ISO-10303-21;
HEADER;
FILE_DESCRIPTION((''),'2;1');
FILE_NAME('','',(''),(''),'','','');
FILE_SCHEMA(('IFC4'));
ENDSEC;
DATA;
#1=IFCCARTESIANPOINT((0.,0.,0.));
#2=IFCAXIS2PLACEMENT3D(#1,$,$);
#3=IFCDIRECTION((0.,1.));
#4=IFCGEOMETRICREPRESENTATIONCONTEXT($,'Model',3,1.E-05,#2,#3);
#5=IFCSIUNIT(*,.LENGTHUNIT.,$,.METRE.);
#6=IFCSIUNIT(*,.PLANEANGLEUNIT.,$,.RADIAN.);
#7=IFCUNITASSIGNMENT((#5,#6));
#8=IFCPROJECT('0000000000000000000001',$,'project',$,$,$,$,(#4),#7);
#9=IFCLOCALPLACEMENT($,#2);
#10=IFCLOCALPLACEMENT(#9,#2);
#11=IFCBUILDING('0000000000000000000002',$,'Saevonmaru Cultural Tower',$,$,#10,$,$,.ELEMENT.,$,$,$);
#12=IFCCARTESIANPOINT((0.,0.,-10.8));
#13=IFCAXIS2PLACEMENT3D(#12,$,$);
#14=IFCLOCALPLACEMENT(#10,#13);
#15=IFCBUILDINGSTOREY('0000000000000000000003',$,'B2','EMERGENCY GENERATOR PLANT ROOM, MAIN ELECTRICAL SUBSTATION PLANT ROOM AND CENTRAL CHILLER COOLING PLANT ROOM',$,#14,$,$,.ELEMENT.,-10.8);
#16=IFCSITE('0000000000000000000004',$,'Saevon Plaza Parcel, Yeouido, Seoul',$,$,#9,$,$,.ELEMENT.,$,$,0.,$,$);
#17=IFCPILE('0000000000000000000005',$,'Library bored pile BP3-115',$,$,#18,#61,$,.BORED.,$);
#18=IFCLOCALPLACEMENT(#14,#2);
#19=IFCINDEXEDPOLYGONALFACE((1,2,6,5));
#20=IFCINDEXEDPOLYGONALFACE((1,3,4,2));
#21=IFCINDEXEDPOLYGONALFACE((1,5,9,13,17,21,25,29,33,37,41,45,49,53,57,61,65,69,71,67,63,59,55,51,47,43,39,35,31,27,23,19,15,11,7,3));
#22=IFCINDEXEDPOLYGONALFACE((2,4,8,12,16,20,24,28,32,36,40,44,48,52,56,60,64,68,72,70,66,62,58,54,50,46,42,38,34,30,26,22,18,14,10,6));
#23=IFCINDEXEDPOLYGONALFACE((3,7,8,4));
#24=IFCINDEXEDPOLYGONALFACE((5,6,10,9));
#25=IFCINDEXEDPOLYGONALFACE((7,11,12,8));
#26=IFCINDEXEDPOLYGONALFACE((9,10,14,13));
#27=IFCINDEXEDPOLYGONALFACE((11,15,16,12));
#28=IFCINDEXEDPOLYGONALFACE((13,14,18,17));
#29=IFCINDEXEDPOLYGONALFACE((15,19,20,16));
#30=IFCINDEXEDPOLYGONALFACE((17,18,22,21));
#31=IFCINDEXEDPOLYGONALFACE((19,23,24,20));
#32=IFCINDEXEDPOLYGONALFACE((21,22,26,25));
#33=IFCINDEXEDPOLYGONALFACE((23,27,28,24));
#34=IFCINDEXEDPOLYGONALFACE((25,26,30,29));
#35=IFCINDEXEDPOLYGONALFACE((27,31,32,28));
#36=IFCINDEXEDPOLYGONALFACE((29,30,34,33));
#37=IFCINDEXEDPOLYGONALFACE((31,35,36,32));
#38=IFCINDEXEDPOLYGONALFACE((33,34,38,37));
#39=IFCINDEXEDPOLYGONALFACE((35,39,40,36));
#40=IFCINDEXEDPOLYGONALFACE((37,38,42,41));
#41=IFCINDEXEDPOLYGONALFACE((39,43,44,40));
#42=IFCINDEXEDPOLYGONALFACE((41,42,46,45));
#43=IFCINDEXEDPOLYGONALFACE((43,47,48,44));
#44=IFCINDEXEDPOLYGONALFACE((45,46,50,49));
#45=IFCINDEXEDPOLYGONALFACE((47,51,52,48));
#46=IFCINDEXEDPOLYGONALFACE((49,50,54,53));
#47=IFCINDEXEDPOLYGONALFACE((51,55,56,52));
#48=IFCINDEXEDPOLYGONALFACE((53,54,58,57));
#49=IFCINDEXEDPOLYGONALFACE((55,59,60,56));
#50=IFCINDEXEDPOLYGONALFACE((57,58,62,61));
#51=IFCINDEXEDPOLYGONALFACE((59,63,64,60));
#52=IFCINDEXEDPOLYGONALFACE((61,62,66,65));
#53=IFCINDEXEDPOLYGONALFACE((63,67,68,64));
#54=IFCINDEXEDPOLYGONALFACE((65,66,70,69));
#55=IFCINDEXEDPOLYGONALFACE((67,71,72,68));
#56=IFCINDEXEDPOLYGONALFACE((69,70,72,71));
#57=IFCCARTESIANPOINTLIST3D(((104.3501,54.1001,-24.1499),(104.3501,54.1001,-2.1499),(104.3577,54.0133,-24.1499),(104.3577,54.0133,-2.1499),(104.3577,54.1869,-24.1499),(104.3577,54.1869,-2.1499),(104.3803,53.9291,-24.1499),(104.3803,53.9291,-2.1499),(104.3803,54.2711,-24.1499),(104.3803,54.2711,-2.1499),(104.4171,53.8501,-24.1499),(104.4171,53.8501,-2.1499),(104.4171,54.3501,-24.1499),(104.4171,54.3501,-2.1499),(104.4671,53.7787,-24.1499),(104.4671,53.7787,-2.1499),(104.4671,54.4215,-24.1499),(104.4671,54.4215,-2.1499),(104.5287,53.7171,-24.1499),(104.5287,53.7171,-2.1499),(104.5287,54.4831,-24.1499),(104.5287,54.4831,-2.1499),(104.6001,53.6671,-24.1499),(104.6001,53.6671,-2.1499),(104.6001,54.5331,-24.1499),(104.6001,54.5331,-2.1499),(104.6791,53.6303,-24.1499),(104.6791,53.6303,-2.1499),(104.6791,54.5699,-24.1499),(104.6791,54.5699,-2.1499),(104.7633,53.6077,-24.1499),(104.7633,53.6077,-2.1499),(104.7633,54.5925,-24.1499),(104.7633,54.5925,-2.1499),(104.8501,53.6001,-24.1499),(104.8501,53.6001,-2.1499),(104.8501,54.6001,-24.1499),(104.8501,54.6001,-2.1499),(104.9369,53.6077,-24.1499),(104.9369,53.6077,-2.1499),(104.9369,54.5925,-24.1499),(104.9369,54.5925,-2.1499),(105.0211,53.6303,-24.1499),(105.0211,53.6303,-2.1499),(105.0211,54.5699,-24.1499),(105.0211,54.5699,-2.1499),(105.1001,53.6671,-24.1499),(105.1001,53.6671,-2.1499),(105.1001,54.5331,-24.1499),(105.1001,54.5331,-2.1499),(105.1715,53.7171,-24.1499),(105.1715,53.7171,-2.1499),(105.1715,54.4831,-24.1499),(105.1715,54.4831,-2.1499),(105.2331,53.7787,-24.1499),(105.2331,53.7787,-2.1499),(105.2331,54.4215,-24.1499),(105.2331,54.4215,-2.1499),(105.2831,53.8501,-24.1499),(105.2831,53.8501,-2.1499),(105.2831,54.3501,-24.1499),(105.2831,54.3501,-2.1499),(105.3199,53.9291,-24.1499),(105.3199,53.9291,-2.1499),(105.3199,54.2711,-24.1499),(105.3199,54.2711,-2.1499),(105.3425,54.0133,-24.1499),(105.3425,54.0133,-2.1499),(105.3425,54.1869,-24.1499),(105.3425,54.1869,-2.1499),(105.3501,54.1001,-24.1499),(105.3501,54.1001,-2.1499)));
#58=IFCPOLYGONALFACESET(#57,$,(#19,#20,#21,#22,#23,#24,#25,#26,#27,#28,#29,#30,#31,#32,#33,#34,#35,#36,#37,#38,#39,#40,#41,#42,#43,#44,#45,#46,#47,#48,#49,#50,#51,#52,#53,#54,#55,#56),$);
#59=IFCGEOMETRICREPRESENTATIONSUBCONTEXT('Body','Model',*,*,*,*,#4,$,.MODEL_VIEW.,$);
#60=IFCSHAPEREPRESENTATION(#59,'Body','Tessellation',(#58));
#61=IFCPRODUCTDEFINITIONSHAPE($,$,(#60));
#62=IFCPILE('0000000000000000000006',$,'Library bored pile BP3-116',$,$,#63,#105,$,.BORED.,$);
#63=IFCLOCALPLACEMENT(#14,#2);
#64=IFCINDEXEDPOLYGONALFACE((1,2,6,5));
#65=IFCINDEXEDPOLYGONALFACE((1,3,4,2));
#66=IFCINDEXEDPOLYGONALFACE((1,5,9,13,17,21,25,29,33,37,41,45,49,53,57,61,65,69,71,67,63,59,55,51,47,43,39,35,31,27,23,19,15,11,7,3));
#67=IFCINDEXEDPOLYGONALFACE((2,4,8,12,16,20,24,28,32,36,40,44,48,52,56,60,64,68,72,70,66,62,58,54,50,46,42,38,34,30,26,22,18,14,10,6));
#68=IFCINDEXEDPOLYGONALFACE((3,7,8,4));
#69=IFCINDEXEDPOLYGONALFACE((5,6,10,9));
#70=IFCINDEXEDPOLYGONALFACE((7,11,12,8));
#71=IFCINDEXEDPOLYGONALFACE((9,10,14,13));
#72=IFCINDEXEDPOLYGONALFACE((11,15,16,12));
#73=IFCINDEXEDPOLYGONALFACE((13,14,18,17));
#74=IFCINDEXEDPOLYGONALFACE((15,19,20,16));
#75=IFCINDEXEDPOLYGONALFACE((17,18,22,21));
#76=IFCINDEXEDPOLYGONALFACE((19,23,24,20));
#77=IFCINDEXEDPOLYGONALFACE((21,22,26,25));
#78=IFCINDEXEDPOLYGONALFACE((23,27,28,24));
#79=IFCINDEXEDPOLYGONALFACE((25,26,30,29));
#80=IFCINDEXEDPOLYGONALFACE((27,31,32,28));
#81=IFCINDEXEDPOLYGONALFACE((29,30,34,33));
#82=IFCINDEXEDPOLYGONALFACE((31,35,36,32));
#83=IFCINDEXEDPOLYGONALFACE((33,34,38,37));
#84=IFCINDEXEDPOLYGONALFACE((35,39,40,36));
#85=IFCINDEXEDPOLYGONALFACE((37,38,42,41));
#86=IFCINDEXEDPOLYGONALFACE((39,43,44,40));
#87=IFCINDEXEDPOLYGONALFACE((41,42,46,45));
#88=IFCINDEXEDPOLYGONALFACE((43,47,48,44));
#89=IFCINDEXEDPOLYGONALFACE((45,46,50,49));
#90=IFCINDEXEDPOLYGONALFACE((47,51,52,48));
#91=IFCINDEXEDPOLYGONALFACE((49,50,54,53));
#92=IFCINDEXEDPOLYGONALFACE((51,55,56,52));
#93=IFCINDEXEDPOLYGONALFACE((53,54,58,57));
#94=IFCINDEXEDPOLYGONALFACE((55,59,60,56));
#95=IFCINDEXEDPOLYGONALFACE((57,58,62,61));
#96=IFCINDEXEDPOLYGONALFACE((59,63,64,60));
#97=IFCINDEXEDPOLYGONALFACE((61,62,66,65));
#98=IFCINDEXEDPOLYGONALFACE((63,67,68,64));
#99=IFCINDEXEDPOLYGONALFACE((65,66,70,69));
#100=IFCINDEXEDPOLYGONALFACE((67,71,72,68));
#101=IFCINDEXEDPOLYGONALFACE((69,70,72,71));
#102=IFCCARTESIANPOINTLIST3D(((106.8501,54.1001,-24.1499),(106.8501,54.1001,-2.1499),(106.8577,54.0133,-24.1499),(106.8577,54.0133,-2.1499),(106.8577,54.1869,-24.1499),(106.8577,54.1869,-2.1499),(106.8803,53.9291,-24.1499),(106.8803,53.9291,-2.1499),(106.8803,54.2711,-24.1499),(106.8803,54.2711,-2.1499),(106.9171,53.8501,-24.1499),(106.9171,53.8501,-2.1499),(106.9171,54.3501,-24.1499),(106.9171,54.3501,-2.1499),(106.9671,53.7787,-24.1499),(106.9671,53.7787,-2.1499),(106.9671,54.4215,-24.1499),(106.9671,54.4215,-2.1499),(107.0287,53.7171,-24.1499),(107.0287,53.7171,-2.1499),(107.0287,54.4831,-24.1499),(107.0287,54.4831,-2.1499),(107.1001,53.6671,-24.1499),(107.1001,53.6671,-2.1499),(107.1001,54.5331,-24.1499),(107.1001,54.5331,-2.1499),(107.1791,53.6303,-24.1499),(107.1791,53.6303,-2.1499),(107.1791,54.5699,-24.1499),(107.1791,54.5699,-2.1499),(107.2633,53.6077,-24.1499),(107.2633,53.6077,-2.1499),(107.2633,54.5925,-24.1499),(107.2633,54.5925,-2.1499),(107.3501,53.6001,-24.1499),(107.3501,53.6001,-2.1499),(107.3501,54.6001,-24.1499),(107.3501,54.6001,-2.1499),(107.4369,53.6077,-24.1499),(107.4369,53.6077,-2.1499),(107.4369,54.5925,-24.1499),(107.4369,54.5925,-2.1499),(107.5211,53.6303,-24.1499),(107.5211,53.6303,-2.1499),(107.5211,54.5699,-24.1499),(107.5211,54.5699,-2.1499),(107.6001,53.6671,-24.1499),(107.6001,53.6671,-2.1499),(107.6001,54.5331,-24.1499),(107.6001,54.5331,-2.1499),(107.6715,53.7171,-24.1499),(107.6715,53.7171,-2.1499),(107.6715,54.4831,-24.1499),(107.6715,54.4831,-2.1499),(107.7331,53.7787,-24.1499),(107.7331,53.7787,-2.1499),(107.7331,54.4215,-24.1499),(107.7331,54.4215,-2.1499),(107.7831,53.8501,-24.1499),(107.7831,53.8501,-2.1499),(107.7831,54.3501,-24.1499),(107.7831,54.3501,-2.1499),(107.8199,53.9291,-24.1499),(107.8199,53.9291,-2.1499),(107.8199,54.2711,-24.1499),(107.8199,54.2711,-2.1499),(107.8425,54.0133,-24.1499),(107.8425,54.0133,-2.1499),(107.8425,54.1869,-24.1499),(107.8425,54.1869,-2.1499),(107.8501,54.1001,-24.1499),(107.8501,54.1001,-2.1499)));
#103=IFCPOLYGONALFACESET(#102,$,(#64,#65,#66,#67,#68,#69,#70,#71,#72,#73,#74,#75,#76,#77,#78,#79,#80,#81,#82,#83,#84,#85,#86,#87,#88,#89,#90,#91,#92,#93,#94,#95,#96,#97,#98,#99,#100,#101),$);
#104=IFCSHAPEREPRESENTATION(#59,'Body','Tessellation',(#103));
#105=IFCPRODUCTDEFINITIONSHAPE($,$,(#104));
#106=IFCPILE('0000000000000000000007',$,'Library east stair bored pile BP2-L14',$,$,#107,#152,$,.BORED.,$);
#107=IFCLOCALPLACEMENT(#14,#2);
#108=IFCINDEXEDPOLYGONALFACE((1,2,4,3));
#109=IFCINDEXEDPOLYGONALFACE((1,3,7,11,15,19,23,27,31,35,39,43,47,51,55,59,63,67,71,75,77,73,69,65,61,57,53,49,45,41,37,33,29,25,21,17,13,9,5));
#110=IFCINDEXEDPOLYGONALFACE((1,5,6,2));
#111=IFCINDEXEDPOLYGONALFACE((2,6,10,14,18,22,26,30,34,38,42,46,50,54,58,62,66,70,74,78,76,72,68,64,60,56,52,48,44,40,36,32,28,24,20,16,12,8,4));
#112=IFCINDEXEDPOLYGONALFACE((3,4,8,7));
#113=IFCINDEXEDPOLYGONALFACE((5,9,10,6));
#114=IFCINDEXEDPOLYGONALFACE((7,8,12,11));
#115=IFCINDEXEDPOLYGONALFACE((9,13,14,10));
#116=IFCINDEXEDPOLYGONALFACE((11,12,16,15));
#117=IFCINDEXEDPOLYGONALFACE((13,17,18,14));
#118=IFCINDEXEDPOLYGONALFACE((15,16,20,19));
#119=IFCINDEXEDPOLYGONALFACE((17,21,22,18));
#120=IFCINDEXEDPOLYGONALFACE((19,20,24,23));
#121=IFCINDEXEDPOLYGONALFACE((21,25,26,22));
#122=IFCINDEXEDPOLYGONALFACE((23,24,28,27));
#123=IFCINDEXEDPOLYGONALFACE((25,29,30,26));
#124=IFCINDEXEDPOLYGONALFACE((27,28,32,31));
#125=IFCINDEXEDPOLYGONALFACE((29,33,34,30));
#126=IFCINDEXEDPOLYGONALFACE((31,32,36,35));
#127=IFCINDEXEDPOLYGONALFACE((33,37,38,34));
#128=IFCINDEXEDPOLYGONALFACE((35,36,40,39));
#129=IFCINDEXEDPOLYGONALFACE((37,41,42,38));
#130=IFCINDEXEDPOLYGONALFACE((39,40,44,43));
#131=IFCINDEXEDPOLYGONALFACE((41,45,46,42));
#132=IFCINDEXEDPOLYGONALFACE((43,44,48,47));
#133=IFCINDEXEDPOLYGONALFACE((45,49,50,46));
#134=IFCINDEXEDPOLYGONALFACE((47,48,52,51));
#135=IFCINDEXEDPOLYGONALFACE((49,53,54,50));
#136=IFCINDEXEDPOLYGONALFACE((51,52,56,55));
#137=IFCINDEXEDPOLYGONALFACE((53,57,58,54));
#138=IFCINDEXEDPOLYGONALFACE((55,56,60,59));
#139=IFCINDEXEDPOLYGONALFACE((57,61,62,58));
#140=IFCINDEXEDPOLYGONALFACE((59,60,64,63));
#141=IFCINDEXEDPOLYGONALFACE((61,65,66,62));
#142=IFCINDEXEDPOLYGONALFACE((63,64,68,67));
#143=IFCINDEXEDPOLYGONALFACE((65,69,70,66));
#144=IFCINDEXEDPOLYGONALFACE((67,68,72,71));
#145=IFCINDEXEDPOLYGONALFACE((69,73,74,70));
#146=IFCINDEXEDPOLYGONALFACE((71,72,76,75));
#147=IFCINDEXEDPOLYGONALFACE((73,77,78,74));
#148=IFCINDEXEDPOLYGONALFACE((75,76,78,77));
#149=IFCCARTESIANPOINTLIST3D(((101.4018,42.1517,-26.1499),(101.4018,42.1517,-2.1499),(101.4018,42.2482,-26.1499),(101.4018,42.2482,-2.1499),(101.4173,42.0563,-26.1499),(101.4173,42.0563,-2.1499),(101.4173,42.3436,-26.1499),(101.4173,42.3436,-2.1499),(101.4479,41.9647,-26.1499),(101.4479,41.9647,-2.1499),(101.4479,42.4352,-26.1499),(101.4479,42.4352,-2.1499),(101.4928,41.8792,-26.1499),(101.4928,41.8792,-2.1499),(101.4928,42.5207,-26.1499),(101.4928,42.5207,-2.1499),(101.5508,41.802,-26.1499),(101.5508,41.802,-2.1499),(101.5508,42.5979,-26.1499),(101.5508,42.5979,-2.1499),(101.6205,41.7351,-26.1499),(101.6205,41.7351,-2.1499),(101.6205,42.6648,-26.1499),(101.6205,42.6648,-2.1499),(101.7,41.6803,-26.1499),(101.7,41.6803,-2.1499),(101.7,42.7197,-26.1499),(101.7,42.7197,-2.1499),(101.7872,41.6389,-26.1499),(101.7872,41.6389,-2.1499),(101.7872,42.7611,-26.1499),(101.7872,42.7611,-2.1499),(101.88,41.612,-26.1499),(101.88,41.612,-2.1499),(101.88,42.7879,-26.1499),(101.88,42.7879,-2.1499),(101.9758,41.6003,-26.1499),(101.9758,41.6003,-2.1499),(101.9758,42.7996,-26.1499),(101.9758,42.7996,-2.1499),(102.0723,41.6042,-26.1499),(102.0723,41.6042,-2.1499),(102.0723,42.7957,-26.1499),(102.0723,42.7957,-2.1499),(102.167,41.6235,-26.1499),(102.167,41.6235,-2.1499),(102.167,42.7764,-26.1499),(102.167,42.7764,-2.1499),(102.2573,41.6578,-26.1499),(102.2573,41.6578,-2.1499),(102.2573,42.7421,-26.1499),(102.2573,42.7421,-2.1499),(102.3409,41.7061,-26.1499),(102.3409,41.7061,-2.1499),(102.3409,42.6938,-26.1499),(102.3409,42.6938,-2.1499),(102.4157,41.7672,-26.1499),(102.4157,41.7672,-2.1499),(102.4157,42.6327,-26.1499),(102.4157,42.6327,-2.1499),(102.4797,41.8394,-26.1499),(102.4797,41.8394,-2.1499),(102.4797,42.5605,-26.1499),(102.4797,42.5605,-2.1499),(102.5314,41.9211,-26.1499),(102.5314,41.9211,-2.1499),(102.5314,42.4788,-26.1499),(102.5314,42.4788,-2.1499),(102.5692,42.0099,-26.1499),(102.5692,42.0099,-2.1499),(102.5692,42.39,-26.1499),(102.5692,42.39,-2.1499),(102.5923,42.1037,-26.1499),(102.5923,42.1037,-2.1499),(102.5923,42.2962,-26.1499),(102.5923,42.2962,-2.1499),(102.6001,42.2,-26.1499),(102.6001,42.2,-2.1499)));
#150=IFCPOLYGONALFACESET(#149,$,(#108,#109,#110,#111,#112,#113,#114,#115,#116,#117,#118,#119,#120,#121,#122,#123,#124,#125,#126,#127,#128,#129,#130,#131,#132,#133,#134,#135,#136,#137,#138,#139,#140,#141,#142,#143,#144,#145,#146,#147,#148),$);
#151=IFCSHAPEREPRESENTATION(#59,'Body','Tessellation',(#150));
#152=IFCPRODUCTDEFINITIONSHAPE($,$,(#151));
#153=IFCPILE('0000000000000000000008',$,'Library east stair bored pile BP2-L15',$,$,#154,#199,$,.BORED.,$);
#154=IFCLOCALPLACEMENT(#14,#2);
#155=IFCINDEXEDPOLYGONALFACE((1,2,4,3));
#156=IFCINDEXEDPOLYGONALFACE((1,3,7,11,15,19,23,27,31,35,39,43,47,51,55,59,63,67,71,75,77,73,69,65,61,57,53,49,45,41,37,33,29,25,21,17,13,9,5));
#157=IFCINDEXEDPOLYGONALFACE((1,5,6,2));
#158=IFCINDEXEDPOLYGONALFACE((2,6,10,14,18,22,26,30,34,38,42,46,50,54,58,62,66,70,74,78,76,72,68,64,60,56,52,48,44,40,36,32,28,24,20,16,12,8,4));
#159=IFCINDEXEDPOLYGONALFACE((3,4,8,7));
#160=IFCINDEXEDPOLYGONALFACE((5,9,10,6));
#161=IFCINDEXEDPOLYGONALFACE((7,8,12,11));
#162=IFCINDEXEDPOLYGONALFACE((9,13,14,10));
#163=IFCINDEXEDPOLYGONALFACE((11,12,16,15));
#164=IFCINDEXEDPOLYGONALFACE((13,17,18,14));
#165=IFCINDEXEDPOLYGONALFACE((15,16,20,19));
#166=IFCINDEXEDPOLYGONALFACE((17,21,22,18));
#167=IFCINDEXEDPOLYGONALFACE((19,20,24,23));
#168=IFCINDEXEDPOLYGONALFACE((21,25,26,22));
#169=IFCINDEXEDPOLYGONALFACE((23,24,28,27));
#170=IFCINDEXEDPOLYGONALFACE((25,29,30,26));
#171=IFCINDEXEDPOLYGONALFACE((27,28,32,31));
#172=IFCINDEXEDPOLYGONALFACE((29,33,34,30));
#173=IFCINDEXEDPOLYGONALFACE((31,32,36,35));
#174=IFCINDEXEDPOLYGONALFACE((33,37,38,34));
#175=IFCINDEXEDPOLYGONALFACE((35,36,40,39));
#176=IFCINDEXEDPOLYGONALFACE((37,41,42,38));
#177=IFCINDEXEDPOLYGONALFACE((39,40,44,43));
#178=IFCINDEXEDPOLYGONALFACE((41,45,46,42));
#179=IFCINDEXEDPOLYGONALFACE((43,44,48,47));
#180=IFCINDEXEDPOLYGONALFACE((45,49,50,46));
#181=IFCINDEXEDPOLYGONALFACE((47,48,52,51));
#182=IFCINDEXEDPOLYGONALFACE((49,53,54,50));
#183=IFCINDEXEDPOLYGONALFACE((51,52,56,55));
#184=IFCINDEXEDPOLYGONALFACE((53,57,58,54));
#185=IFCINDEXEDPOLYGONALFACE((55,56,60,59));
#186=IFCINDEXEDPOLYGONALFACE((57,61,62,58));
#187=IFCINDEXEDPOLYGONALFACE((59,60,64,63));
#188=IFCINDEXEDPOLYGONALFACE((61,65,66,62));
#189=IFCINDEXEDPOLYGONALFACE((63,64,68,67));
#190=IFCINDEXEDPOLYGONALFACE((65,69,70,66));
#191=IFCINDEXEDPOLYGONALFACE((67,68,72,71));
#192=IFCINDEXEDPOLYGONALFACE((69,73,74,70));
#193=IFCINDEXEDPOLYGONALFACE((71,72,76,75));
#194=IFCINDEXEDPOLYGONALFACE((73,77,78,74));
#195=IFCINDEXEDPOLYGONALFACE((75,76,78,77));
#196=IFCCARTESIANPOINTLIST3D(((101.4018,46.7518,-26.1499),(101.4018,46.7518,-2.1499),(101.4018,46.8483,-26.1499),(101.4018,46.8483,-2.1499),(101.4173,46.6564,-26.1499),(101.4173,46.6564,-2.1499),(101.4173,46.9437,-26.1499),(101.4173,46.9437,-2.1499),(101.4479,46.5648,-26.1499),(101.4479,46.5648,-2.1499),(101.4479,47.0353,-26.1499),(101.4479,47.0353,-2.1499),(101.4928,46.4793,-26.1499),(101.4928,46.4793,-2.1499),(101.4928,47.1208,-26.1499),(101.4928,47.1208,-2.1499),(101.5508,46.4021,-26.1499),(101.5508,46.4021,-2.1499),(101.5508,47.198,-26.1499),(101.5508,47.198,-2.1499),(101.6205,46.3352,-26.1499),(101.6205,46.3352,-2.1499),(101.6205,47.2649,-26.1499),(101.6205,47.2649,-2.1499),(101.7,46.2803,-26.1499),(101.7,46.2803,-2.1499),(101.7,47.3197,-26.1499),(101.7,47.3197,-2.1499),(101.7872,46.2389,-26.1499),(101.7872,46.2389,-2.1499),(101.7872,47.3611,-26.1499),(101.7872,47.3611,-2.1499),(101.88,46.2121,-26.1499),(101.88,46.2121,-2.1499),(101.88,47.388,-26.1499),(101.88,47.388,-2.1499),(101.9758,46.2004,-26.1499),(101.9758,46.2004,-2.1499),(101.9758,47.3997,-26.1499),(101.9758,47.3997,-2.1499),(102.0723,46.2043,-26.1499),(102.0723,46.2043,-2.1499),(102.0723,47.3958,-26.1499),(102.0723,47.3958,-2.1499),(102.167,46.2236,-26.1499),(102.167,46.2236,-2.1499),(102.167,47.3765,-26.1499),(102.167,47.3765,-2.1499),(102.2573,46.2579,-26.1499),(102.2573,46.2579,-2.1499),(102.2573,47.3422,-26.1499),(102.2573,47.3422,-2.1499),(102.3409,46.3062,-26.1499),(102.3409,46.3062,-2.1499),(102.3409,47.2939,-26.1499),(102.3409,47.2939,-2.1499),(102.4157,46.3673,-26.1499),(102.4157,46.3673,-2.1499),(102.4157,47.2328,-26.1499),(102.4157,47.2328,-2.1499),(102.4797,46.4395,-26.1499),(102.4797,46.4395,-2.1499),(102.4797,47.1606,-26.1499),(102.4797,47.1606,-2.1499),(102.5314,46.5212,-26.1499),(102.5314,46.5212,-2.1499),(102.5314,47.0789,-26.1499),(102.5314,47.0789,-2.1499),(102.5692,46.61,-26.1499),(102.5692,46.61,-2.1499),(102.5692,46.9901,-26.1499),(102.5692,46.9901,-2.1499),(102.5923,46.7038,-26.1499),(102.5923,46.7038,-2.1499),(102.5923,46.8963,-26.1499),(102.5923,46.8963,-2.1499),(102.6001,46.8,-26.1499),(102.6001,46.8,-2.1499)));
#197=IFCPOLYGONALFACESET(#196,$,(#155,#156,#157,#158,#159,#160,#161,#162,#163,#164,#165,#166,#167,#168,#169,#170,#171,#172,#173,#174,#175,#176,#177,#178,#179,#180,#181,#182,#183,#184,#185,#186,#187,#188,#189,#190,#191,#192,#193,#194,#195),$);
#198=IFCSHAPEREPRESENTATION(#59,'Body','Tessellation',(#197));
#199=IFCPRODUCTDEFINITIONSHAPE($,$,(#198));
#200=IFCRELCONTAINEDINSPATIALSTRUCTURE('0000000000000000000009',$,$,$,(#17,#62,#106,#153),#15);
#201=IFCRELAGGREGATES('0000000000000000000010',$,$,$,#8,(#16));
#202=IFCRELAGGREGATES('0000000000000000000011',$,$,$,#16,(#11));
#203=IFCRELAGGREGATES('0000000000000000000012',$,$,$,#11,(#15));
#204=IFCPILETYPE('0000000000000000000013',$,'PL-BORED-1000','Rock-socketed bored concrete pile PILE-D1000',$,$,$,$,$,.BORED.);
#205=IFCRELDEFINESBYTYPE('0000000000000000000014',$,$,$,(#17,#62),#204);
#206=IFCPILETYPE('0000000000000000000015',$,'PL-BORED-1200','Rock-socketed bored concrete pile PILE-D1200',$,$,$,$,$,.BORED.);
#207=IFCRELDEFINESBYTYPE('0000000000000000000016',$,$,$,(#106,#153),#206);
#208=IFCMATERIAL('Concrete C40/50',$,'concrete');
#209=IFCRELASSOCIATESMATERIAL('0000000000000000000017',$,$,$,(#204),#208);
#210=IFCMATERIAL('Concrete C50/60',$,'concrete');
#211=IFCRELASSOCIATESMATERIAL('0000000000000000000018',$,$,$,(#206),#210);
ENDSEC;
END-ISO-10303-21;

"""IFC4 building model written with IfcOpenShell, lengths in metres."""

from ifc_helpers import new_model, si_unit, direction, frame, origin, origin_2d, place, context, subcontext, project, spatial, circle, extrude, material, material_profile, profile_set, type_object, element, save


model = new_model("IFC4")

# Units and contexts
model_context = context("Model", 3, precision=1e-05, world=origin(), true_north=direction((0.0, 1.0)))
body_context = subcontext(model_context, "Body", "Model", "MODEL_VIEW")
ifc_project = project(units=[si_unit("LENGTHUNIT", "METRE"), si_unit("PLANEANGLEUNIT", "RADIAN")], contexts=[model_context])

# Site, building, storey
site_placement = place(None, origin())
site = spatial("IfcSite", under=ifc_project, at=site_placement, Name="Saevon Plaza Parcel, Yeouido, Seoul", CompositionType="ELEMENT", RefElevation=0.0)
building_placement = place(site_placement, origin())
building = spatial("IfcBuilding", under=site, at=building_placement, Name="Saevonmaru Cultural Tower", CompositionType="ELEMENT")
storey_placement = place(building_placement, frame((0.0, 0.0, -10.8)))
storey = spatial("IfcBuildingStorey", under=building, at=storey_placement, Name="B2", Description="EMERGENCY GENERATOR PLANT ROOM, MAIN ELECTRICAL SUBSTATION PLANT ROOM AND CENTRAL CHILLER COOLING PLANT ROOM", CompositionType="ELEMENT", Elevation=-10.8)

# Shared definitions
ifc_material_1 = material(Name="Concrete C50/60", Category="concrete")

# Piles
ifc_material_2 = material(Name="Concrete C40/50", Category="concrete")
ifc_material_profile_1 = material_profile(ifc_material_2, circle(Radius=0.5, at=origin_2d()), Name="PILE-D1000")
ifc_profile_set_1 = profile_set([ifc_material_profile_1], Name="Concrete C40/50")
pile_type_1 = type_object("IfcPileType", Name="PL-BORED-1000", Description="Rock-socketed bored concrete pile PILE-D1000", PredefinedType="BORED", material=ifc_profile_set_1)
for number, where, z_axis, x_axis, name in (
    (1, (104.8501, 54.1001, -2.1499), (0.0, 0.0, -1.0), (1.0, 0.0, 0.0), "Library bored pile BP3-115"),
    (2, (107.3501, 54.1001, -2.1499), (0.0, 0.0, -1.0), (1.0, 0.0, 0.0), "Library bored pile BP3-116"),
):
    element("IfcPile", number, at=place(storey_placement, frame(where, z_axis=z_axis, x_axis=x_axis)), inside=storey, type_object=pile_type_1, Name=name, PredefinedType="BORED", context=body_context, shape_type="SweptSolid", body=[
        extrude(circle(Radius=0.5, at=origin_2d()), origin(), (0.0, 0.0, 1.0), 22.0),
    ])
ifc_material_profile_2 = material_profile(ifc_material_1, circle(Radius=0.6001, at=origin_2d()), Name="PILE-D1200")
ifc_profile_set_2 = profile_set([ifc_material_profile_2], Name="Concrete C50/60")
pile_type_2 = type_object("IfcPileType", Name="PL-BORED-1200", Description="Rock-socketed bored concrete pile PILE-D1200", PredefinedType="BORED", material=ifc_profile_set_2)
for number, where, z_axis, x_axis, name in (
    (3, (102.0, 42.2, -2.1499), (0.0, 0.0, -1.0), (1.0, 0.0, 0.0), "Library east stair bored pile BP2-L14"),
    (4, (102.0, 46.8, -2.1499), (0.0, 0.0, -1.0), (1.0, 0.0, 0.0), "Library east stair bored pile BP2-L15"),
):
    element("IfcPile", number, at=place(storey_placement, frame(where, z_axis=z_axis, x_axis=x_axis)), inside=storey, type_object=pile_type_2, Name=name, PredefinedType="BORED", context=body_context, shape_type="SweptSolid", body=[
        extrude(circle(Radius=0.6001, at=origin_2d()), origin(), (0.0, 0.0, 1.0), 24.0),
    ])

save(model, "model.ifc")
